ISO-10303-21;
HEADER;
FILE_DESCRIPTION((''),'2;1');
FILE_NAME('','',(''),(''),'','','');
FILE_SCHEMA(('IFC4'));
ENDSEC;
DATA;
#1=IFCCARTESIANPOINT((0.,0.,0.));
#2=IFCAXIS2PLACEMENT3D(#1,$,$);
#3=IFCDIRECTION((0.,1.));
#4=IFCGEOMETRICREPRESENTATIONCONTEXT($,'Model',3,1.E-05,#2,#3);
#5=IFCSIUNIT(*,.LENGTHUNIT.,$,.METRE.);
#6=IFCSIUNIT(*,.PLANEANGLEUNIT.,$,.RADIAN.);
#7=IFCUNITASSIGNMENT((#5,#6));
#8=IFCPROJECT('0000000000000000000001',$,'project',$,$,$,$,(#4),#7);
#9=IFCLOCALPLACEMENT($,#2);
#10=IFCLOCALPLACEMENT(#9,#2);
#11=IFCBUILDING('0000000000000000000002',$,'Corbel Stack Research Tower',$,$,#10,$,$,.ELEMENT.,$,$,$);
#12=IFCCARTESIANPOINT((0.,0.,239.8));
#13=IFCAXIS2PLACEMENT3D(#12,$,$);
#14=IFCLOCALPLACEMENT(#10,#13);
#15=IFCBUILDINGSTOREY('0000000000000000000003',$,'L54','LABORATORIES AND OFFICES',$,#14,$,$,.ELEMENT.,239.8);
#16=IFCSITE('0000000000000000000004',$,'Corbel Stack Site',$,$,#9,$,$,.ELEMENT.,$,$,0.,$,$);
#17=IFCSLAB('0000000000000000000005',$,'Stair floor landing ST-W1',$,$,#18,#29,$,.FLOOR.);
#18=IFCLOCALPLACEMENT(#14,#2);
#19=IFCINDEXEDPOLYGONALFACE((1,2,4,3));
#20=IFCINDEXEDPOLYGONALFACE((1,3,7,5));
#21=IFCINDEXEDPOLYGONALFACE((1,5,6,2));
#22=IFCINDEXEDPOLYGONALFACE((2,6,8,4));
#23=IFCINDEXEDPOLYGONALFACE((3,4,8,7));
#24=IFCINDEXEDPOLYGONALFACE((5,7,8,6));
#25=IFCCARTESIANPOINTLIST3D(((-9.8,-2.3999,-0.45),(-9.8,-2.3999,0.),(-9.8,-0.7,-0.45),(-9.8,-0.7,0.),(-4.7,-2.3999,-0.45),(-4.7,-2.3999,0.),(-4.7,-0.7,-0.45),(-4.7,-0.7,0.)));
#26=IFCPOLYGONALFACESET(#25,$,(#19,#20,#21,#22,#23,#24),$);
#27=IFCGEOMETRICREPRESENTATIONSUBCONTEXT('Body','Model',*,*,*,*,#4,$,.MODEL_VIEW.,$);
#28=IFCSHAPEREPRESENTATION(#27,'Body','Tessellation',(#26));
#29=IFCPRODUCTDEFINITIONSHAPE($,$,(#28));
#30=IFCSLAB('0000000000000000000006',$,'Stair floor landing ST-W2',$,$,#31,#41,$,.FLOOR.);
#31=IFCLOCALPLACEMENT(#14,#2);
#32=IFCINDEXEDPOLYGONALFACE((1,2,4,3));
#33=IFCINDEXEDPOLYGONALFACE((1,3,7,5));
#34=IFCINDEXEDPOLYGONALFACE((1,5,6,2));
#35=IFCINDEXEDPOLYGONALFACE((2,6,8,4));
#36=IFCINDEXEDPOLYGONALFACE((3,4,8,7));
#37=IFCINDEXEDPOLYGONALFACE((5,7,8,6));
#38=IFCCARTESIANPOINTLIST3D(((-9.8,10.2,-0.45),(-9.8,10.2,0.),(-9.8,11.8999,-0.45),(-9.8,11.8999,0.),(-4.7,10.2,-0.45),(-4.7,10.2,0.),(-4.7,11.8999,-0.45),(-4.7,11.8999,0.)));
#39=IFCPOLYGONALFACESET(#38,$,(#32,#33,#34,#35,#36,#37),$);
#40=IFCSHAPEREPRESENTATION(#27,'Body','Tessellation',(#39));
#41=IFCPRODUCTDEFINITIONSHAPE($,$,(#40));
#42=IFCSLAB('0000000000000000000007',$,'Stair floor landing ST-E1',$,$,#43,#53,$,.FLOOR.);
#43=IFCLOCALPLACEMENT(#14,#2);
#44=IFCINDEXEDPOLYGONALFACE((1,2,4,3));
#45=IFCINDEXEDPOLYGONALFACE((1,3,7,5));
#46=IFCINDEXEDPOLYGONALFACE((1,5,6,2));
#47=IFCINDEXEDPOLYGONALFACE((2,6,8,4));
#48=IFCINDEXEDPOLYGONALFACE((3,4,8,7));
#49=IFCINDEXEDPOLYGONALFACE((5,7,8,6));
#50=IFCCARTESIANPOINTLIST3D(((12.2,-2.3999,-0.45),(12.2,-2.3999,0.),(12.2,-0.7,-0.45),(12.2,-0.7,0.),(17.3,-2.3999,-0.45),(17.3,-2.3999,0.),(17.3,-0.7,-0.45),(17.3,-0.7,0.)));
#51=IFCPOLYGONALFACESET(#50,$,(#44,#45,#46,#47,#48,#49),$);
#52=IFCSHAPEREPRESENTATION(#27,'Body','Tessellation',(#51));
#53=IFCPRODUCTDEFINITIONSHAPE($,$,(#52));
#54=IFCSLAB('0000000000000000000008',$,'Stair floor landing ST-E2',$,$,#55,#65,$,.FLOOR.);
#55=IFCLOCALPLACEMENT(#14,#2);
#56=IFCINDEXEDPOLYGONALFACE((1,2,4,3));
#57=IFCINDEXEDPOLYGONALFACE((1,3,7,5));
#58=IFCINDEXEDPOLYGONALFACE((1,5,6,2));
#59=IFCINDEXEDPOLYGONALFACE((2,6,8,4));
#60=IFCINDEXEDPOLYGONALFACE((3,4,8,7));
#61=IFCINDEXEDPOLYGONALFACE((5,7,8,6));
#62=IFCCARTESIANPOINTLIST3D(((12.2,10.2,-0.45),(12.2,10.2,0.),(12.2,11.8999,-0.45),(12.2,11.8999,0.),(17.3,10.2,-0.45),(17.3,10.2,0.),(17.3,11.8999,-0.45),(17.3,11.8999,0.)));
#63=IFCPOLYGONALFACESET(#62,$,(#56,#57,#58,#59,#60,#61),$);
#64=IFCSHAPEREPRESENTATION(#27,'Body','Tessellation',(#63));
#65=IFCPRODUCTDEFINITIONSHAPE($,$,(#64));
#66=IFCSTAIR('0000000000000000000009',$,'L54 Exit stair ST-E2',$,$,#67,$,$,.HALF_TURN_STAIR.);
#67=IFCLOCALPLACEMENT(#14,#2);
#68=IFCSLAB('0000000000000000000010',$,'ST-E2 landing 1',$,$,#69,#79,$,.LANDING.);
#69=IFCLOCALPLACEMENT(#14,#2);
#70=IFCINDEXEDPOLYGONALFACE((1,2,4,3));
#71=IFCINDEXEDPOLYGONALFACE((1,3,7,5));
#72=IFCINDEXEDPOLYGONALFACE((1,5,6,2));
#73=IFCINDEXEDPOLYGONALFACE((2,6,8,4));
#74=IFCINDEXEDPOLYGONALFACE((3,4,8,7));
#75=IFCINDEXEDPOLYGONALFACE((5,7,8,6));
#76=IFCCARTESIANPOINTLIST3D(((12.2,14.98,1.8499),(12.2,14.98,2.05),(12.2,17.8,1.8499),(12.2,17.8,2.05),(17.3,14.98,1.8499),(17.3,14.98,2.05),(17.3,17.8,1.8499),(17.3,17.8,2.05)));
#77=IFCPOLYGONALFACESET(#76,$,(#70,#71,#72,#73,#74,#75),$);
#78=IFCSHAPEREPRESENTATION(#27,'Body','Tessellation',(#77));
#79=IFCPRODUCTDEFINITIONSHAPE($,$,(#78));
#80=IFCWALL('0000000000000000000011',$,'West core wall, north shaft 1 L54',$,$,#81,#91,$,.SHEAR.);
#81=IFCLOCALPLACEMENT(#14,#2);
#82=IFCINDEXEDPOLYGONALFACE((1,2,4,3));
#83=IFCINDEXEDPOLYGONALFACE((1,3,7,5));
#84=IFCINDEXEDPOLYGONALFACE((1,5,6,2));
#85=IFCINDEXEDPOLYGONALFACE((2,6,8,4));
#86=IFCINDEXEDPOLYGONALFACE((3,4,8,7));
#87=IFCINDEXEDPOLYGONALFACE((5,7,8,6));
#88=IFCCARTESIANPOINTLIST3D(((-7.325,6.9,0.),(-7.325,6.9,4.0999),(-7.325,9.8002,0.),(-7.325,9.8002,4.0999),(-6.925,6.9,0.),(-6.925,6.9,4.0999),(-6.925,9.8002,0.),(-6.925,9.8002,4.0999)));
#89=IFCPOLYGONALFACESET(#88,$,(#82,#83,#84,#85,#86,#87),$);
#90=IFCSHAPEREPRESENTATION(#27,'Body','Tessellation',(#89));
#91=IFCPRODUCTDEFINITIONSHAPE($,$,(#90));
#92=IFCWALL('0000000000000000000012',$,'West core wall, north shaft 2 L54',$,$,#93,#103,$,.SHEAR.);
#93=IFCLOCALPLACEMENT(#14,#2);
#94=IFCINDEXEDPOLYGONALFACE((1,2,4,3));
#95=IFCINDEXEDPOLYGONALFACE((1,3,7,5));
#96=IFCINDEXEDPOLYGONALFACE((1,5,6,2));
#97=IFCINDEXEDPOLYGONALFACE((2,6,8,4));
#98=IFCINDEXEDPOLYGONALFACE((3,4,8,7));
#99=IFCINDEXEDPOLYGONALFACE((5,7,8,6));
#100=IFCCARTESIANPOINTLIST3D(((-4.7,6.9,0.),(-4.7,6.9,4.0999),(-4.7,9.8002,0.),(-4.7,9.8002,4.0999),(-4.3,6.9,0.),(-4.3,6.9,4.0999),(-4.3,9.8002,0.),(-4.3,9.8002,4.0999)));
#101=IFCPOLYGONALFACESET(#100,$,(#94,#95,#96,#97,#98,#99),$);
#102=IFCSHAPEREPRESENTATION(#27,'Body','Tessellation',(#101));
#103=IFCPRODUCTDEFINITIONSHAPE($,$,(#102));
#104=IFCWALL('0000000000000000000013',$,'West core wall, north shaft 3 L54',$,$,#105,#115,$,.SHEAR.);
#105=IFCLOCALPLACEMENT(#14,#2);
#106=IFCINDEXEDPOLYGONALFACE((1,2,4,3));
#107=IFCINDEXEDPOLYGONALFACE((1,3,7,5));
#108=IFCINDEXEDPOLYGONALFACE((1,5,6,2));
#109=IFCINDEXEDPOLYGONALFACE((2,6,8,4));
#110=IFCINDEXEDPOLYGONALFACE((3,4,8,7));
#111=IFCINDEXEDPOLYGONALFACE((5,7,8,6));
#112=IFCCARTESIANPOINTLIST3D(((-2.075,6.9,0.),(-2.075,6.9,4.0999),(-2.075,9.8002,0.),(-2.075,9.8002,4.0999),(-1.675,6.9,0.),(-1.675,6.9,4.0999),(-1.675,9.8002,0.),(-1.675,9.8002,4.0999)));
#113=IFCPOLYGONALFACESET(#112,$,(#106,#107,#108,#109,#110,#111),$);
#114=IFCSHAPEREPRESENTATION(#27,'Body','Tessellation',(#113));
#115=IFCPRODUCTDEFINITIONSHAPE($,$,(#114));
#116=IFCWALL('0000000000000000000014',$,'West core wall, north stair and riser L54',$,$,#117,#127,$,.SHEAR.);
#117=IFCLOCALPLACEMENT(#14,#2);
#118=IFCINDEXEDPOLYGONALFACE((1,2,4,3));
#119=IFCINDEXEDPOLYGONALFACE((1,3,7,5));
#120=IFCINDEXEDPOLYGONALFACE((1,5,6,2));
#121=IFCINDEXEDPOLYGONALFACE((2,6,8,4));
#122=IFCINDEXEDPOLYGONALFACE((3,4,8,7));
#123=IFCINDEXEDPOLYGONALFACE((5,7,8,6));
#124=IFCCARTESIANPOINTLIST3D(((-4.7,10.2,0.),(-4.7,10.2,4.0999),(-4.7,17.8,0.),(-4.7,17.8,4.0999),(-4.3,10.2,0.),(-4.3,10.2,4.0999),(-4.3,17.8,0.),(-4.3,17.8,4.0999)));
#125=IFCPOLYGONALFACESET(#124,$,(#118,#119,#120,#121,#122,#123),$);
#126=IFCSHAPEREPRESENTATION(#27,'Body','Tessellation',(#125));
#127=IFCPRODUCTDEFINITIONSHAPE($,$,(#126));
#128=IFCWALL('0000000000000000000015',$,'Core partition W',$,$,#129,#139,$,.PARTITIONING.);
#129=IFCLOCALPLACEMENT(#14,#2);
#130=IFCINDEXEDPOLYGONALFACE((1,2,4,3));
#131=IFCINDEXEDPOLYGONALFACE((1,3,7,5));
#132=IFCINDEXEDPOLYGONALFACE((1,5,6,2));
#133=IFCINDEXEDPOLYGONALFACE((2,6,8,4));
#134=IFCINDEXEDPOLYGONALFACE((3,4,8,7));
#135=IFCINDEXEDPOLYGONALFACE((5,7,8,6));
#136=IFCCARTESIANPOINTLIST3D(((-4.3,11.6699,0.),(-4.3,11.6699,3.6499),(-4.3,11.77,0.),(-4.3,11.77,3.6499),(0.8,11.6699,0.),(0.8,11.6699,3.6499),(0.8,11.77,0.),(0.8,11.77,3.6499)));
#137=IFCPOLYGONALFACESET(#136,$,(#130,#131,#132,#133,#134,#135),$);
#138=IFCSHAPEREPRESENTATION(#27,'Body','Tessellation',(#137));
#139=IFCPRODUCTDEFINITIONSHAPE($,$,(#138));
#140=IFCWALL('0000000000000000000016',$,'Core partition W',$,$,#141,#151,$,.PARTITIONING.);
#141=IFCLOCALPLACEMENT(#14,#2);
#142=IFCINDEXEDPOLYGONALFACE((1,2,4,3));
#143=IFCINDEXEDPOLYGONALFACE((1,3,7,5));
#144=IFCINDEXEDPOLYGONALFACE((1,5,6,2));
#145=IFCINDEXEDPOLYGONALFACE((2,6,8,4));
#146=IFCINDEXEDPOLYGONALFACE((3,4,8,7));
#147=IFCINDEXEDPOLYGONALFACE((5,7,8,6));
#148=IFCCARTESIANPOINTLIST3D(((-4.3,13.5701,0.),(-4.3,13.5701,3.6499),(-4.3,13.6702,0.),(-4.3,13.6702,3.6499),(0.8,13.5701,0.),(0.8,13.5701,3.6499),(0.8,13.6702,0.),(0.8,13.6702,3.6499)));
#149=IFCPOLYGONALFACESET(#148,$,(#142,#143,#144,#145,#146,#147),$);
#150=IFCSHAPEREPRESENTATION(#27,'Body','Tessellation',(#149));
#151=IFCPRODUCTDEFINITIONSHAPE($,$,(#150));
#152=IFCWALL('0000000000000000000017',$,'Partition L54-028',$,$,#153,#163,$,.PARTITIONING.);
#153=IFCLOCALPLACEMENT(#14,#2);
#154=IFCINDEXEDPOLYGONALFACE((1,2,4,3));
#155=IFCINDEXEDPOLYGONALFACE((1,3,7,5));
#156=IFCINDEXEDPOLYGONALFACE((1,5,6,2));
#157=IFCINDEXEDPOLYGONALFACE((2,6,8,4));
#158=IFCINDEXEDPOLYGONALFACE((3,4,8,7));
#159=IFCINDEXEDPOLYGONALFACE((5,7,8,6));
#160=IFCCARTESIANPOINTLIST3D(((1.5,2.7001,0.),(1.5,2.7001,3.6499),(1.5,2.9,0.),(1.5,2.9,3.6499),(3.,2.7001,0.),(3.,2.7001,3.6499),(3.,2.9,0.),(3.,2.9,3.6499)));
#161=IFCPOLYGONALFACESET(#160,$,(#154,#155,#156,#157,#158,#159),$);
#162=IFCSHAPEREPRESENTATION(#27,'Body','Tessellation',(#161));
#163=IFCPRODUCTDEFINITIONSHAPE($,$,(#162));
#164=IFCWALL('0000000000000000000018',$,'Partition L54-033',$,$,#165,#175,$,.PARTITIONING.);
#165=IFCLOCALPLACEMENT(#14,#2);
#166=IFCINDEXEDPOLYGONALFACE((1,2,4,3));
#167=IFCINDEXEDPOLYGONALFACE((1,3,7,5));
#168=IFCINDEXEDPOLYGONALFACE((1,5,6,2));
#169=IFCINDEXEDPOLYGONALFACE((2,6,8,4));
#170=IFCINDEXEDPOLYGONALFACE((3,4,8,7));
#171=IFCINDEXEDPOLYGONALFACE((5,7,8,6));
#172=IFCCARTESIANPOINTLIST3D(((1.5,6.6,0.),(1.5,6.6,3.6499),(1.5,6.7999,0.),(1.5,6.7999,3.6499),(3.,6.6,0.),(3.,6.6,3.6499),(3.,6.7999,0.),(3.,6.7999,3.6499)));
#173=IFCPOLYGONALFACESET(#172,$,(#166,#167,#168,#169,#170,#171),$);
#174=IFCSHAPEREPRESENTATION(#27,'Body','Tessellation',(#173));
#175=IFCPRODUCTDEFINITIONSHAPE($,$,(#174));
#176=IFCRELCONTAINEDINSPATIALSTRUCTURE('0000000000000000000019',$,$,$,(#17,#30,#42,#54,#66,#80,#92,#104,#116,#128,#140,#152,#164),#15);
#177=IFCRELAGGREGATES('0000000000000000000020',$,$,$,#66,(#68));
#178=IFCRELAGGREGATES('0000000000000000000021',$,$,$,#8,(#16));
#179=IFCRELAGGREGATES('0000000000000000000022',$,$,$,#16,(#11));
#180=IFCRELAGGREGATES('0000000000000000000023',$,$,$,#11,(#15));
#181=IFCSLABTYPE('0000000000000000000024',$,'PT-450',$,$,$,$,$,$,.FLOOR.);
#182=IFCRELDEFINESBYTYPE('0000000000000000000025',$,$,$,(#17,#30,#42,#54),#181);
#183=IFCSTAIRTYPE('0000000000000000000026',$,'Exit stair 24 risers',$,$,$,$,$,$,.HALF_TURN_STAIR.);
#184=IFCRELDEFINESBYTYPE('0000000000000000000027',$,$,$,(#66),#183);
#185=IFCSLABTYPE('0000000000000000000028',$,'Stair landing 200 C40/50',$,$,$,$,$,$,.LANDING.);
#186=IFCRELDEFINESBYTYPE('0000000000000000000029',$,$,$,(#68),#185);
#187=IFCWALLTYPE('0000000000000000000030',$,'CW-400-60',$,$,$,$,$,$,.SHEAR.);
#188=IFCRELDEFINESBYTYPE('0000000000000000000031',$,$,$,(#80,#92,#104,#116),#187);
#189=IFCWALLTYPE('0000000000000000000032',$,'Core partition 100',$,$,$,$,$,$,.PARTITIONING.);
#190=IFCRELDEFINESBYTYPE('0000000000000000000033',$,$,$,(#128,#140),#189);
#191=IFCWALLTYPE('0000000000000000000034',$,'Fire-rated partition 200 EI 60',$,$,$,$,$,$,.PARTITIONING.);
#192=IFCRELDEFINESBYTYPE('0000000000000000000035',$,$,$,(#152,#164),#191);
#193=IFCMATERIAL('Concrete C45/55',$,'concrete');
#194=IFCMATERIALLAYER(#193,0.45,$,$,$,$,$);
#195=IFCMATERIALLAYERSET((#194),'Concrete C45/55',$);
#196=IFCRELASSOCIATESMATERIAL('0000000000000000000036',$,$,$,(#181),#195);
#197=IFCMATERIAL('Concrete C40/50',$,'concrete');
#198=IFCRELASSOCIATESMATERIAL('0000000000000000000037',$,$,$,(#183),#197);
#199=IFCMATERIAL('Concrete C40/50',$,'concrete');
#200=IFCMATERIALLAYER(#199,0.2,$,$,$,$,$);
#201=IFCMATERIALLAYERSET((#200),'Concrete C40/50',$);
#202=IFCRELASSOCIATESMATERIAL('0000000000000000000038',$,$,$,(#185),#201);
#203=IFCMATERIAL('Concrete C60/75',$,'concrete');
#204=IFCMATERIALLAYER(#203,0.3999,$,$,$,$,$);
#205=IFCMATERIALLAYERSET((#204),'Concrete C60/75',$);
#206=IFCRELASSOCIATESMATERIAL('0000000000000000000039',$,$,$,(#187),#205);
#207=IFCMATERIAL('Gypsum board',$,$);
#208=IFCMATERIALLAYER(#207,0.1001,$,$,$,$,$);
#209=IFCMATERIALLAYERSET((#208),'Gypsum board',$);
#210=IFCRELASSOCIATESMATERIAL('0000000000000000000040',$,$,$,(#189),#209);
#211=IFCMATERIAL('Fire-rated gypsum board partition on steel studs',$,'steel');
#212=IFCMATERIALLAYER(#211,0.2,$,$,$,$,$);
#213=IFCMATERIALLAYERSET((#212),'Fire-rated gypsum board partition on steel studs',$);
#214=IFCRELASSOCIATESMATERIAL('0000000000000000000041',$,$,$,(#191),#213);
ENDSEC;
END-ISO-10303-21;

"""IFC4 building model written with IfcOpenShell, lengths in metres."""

from ifc_helpers import new_model, si_unit, direction, frame, frame_2d, origin, place, context, subcontext, project, spatial, polyline, rectangle, outline, extrude, material, layer, layer_set, type_object, element, aggregate, save


model = new_model("IFC4")

# Units and contexts
model_context = context("Model", 3, precision=1e-05, world=origin(), true_north=direction((0.0, 1.0)))
body_context = subcontext(model_context, "Body", "Model", "MODEL_VIEW")
ifc_project = project(units=[si_unit("LENGTHUNIT", "METRE"), si_unit("PLANEANGLEUNIT", "RADIAN")], contexts=[model_context])

# Site, building, storey
site_placement = place(None, origin())
site = spatial("IfcSite", under=ifc_project, at=site_placement, Name="Corbel Stack Site", CompositionType="ELEMENT", RefElevation=0.0)
building_placement = place(site_placement, origin())
building = spatial("IfcBuilding", under=site, at=building_placement, Name="Corbel Stack Research Tower", CompositionType="ELEMENT")
storey_placement = place(building_placement, frame((0.0, 0.0, 239.8)))
storey = spatial("IfcBuildingStorey", under=building, at=storey_placement, Name="L54", Description="LABORATORIES AND OFFICES", CompositionType="ELEMENT", Elevation=239.8)

# Slabs
ifc_material_1 = material(Name="Concrete C45/55", Category="concrete")
ifc_layer_1 = layer(ifc_material_1, 0.45)
ifc_layer_set_1 = layer_set([ifc_layer_1], Name="Concrete C45/55")
slab_type_1 = type_object("IfcSlabType", Name="PT-450", PredefinedType="FLOOR", material=ifc_layer_set_1)
slab_1_placement = place(storey_placement, frame((0.0, 0.0, -0.45)))
element("IfcSlab", 1, at=slab_1_placement, inside=storey, type_object=slab_type_1, Name="Stair floor landing ST-W1", PredefinedType="FLOOR", context=body_context, shape_type="SweptSolid", body=[
    extrude(outline(polyline([(-9.8, -2.3999), (-4.7, -2.3999), (-4.7, -0.7), (-9.8, -0.7), (-9.8, -2.3999)])), origin(), (0.0, 0.0, 1.0), 0.45),
])
slab_2_placement = place(storey_placement, frame((0.0, 0.0, -0.45)))
element("IfcSlab", 2, at=slab_2_placement, inside=storey, type_object=slab_type_1, Name="Stair floor landing ST-W2", PredefinedType="FLOOR", context=body_context, shape_type="SweptSolid", body=[
    extrude(outline(polyline([(-9.8, 10.2), (-4.7, 10.2), (-4.7, 11.8999), (-9.8, 11.8999), (-9.8, 10.2)])), origin(), (0.0, 0.0, 1.0), 0.45),
])
slab_3_placement = place(storey_placement, frame((0.0, 0.0, -0.45)))
element("IfcSlab", 3, at=slab_3_placement, inside=storey, type_object=slab_type_1, Name="Stair floor landing ST-E1", PredefinedType="FLOOR", context=body_context, shape_type="SweptSolid", body=[
    extrude(outline(polyline([(12.2, -2.3999), (17.3, -2.3999), (17.3, -0.7), (12.2, -0.7), (12.2, -2.3999)])), origin(), (0.0, 0.0, 1.0), 0.45),
])
slab_4_placement = place(storey_placement, frame((0.0, 0.0, -0.45)))
element("IfcSlab", 4, at=slab_4_placement, inside=storey, type_object=slab_type_1, Name="Stair floor landing ST-E2", PredefinedType="FLOOR", context=body_context, shape_type="SweptSolid", body=[
    extrude(outline(polyline([(12.2, 10.2), (17.3, 10.2), (17.3, 11.8999), (12.2, 11.8999), (12.2, 10.2)])), origin(), (0.0, 0.0, 1.0), 0.45),
])

# Stair, slab
ifc_material_2 = material(Name="Concrete C40/50", Category="concrete")
stair_type = type_object("IfcStairType", Name="Exit stair 24 risers", PredefinedType="HALF_TURN_STAIR", material=ifc_material_2)
stair_1_placement = place(storey_placement, origin())
stair_1 = element("IfcStair", 5, at=stair_1_placement, inside=storey, type_object=stair_type, Name="L54 Exit stair ST-E2", PredefinedType="HALF_TURN_STAIR")
ifc_material_3 = material(Name="Concrete C40/50", Category="concrete")
ifc_layer_2 = layer(ifc_material_3, 0.2)
ifc_layer_set_2 = layer_set([ifc_layer_2], Name="Concrete C40/50")
slab_type_2 = type_object("IfcSlabType", Name="Stair landing 200 C40/50", PredefinedType="LANDING", material=ifc_layer_set_2)
slab_5_placement = place(storey_placement, frame((0.0, 0.0, 1.8499)))
slab_5 = element("IfcSlab", 6, at=slab_5_placement, type_object=slab_type_2, Name="ST-E2 landing 1", PredefinedType="LANDING", context=body_context, shape_type="SweptSolid", body=[
    extrude(outline(polyline([(12.2, 14.98), (12.2, 17.8), (17.3, 17.8), (17.3, 14.98), (12.2, 14.98)])), origin(), (0.0, 0.0, 1.0), 0.2002),
])
aggregate(stair_1, [slab_5])

# Walls
ifc_material_4 = material(Name="Concrete C60/75", Category="concrete")
ifc_layer_3 = layer(ifc_material_4, 0.3999)
ifc_layer_set_3 = layer_set([ifc_layer_3], Name="Concrete C60/75")
wall_type_1 = type_object("IfcWallType", Name="CW-400-60", PredefinedType="SHEAR", material=ifc_layer_set_3)
for number, where, z_axis, x_axis, name in (
    (7, (-7.125, 6.8999, 0.0), (0.0, 0.0, 1.0), (0.0, 1.0, 0.0), "West core wall, north shaft 1 L54"),
    (8, (-4.5, 6.8999, 0.0), (0.0, 0.0, 1.0), (0.0, 1.0, 0.0), "West core wall, north shaft 2 L54"),
    (9, (-1.875, 6.8999, 0.0), (0.0, 0.0, 1.0), (0.0, 1.0, 0.0), "West core wall, north shaft 3 L54"),
):
    element("IfcWall", number, at=place(storey_placement, frame(where, z_axis=z_axis, x_axis=x_axis)), inside=storey, type_object=wall_type_1, Name=name, PredefinedType="SHEAR", context=body_context, shape_type="SweptSolid", body=[
        extrude(rectangle(XDim=2.9001, YDim=0.3999, at=frame_2d((1.4502, 0.0))), origin(), (0.0, 0.0, 1.0), 4.0999),
    ])
wall_placement = place(storey_placement, frame((-4.5, 10.2, 0.0), z_axis=(0.0, 0.0, 1.0), x_axis=(0.0, 1.0, 0.0)))
element("IfcWall", 10, at=wall_placement, inside=storey, type_object=wall_type_1, Name="West core wall, north stair and riser L54", PredefinedType="SHEAR", context=body_context, shape_type="SweptSolid", body=[
    extrude(rectangle(XDim=7.6001, YDim=0.3999, at=frame_2d((3.8, 0.0))), origin(), (0.0, 0.0, 1.0), 4.0999),
])
ifc_material_5 = material(Name="Gypsum board")
ifc_layer_4 = layer(ifc_material_5, 0.1001)
ifc_layer_set_4 = layer_set([ifc_layer_4], Name="Gypsum board")
wall_type_2 = type_object("IfcWallType", Name="Core partition 100", PredefinedType="PARTITIONING", material=ifc_layer_set_4)
for number, where, z_axis, x_axis, name in (
    (11, (-4.3, 11.72, 0.0), (0.0, 0.0, 1.0), (1.0, 0.0, 0.0), "Core partition W"),
    (12, (-4.3, 13.6201, 0.0), (0.0, 0.0, 1.0), (1.0, 0.0, 0.0), "Core partition W"),
):
    element("IfcWall", number, at=place(storey_placement, frame(where, z_axis=z_axis, x_axis=x_axis)), inside=storey, type_object=wall_type_2, Name=name, PredefinedType="PARTITIONING", context=body_context, shape_type="SweptSolid", body=[
        extrude(rectangle(XDim=5.1001, YDim=0.1001, at=frame_2d((2.55, 0.0))), origin(), (0.0, 0.0, 1.0), 3.6499),
    ])
ifc_material_6 = material(Name="Fire-rated gypsum board partition on steel studs", Category="steel")
ifc_layer_5 = layer(ifc_material_6, 0.2)
ifc_layer_set_5 = layer_set([ifc_layer_5], Name="Fire-rated gypsum board partition on steel studs")
wall_type_3 = type_object("IfcWallType", Name="Fire-rated partition 200 EI 60", PredefinedType="PARTITIONING", material=ifc_layer_set_5)
for number, where, z_axis, x_axis, name in (
    (13, (1.5, 2.8, 0.0), (0.0, 0.0, 1.0), (1.0, 0.0, 0.0), "Partition L54-028"),
    (14, (1.5, 6.7, 0.0), (0.0, 0.0, 1.0), (1.0, 0.0, 0.0), "Partition L54-033"),
):
    element("IfcWall", number, at=place(storey_placement, frame(where, z_axis=z_axis, x_axis=x_axis)), inside=storey, type_object=wall_type_3, Name=name, PredefinedType="PARTITIONING", context=body_context, shape_type="SweptSolid", body=[
        extrude(rectangle(XDim=1.5, YDim=0.2, at=frame_2d((0.75, 0.0))), origin(), (0.0, 0.0, 1.0), 3.6499),
    ])

save(model, "model.ifc")
